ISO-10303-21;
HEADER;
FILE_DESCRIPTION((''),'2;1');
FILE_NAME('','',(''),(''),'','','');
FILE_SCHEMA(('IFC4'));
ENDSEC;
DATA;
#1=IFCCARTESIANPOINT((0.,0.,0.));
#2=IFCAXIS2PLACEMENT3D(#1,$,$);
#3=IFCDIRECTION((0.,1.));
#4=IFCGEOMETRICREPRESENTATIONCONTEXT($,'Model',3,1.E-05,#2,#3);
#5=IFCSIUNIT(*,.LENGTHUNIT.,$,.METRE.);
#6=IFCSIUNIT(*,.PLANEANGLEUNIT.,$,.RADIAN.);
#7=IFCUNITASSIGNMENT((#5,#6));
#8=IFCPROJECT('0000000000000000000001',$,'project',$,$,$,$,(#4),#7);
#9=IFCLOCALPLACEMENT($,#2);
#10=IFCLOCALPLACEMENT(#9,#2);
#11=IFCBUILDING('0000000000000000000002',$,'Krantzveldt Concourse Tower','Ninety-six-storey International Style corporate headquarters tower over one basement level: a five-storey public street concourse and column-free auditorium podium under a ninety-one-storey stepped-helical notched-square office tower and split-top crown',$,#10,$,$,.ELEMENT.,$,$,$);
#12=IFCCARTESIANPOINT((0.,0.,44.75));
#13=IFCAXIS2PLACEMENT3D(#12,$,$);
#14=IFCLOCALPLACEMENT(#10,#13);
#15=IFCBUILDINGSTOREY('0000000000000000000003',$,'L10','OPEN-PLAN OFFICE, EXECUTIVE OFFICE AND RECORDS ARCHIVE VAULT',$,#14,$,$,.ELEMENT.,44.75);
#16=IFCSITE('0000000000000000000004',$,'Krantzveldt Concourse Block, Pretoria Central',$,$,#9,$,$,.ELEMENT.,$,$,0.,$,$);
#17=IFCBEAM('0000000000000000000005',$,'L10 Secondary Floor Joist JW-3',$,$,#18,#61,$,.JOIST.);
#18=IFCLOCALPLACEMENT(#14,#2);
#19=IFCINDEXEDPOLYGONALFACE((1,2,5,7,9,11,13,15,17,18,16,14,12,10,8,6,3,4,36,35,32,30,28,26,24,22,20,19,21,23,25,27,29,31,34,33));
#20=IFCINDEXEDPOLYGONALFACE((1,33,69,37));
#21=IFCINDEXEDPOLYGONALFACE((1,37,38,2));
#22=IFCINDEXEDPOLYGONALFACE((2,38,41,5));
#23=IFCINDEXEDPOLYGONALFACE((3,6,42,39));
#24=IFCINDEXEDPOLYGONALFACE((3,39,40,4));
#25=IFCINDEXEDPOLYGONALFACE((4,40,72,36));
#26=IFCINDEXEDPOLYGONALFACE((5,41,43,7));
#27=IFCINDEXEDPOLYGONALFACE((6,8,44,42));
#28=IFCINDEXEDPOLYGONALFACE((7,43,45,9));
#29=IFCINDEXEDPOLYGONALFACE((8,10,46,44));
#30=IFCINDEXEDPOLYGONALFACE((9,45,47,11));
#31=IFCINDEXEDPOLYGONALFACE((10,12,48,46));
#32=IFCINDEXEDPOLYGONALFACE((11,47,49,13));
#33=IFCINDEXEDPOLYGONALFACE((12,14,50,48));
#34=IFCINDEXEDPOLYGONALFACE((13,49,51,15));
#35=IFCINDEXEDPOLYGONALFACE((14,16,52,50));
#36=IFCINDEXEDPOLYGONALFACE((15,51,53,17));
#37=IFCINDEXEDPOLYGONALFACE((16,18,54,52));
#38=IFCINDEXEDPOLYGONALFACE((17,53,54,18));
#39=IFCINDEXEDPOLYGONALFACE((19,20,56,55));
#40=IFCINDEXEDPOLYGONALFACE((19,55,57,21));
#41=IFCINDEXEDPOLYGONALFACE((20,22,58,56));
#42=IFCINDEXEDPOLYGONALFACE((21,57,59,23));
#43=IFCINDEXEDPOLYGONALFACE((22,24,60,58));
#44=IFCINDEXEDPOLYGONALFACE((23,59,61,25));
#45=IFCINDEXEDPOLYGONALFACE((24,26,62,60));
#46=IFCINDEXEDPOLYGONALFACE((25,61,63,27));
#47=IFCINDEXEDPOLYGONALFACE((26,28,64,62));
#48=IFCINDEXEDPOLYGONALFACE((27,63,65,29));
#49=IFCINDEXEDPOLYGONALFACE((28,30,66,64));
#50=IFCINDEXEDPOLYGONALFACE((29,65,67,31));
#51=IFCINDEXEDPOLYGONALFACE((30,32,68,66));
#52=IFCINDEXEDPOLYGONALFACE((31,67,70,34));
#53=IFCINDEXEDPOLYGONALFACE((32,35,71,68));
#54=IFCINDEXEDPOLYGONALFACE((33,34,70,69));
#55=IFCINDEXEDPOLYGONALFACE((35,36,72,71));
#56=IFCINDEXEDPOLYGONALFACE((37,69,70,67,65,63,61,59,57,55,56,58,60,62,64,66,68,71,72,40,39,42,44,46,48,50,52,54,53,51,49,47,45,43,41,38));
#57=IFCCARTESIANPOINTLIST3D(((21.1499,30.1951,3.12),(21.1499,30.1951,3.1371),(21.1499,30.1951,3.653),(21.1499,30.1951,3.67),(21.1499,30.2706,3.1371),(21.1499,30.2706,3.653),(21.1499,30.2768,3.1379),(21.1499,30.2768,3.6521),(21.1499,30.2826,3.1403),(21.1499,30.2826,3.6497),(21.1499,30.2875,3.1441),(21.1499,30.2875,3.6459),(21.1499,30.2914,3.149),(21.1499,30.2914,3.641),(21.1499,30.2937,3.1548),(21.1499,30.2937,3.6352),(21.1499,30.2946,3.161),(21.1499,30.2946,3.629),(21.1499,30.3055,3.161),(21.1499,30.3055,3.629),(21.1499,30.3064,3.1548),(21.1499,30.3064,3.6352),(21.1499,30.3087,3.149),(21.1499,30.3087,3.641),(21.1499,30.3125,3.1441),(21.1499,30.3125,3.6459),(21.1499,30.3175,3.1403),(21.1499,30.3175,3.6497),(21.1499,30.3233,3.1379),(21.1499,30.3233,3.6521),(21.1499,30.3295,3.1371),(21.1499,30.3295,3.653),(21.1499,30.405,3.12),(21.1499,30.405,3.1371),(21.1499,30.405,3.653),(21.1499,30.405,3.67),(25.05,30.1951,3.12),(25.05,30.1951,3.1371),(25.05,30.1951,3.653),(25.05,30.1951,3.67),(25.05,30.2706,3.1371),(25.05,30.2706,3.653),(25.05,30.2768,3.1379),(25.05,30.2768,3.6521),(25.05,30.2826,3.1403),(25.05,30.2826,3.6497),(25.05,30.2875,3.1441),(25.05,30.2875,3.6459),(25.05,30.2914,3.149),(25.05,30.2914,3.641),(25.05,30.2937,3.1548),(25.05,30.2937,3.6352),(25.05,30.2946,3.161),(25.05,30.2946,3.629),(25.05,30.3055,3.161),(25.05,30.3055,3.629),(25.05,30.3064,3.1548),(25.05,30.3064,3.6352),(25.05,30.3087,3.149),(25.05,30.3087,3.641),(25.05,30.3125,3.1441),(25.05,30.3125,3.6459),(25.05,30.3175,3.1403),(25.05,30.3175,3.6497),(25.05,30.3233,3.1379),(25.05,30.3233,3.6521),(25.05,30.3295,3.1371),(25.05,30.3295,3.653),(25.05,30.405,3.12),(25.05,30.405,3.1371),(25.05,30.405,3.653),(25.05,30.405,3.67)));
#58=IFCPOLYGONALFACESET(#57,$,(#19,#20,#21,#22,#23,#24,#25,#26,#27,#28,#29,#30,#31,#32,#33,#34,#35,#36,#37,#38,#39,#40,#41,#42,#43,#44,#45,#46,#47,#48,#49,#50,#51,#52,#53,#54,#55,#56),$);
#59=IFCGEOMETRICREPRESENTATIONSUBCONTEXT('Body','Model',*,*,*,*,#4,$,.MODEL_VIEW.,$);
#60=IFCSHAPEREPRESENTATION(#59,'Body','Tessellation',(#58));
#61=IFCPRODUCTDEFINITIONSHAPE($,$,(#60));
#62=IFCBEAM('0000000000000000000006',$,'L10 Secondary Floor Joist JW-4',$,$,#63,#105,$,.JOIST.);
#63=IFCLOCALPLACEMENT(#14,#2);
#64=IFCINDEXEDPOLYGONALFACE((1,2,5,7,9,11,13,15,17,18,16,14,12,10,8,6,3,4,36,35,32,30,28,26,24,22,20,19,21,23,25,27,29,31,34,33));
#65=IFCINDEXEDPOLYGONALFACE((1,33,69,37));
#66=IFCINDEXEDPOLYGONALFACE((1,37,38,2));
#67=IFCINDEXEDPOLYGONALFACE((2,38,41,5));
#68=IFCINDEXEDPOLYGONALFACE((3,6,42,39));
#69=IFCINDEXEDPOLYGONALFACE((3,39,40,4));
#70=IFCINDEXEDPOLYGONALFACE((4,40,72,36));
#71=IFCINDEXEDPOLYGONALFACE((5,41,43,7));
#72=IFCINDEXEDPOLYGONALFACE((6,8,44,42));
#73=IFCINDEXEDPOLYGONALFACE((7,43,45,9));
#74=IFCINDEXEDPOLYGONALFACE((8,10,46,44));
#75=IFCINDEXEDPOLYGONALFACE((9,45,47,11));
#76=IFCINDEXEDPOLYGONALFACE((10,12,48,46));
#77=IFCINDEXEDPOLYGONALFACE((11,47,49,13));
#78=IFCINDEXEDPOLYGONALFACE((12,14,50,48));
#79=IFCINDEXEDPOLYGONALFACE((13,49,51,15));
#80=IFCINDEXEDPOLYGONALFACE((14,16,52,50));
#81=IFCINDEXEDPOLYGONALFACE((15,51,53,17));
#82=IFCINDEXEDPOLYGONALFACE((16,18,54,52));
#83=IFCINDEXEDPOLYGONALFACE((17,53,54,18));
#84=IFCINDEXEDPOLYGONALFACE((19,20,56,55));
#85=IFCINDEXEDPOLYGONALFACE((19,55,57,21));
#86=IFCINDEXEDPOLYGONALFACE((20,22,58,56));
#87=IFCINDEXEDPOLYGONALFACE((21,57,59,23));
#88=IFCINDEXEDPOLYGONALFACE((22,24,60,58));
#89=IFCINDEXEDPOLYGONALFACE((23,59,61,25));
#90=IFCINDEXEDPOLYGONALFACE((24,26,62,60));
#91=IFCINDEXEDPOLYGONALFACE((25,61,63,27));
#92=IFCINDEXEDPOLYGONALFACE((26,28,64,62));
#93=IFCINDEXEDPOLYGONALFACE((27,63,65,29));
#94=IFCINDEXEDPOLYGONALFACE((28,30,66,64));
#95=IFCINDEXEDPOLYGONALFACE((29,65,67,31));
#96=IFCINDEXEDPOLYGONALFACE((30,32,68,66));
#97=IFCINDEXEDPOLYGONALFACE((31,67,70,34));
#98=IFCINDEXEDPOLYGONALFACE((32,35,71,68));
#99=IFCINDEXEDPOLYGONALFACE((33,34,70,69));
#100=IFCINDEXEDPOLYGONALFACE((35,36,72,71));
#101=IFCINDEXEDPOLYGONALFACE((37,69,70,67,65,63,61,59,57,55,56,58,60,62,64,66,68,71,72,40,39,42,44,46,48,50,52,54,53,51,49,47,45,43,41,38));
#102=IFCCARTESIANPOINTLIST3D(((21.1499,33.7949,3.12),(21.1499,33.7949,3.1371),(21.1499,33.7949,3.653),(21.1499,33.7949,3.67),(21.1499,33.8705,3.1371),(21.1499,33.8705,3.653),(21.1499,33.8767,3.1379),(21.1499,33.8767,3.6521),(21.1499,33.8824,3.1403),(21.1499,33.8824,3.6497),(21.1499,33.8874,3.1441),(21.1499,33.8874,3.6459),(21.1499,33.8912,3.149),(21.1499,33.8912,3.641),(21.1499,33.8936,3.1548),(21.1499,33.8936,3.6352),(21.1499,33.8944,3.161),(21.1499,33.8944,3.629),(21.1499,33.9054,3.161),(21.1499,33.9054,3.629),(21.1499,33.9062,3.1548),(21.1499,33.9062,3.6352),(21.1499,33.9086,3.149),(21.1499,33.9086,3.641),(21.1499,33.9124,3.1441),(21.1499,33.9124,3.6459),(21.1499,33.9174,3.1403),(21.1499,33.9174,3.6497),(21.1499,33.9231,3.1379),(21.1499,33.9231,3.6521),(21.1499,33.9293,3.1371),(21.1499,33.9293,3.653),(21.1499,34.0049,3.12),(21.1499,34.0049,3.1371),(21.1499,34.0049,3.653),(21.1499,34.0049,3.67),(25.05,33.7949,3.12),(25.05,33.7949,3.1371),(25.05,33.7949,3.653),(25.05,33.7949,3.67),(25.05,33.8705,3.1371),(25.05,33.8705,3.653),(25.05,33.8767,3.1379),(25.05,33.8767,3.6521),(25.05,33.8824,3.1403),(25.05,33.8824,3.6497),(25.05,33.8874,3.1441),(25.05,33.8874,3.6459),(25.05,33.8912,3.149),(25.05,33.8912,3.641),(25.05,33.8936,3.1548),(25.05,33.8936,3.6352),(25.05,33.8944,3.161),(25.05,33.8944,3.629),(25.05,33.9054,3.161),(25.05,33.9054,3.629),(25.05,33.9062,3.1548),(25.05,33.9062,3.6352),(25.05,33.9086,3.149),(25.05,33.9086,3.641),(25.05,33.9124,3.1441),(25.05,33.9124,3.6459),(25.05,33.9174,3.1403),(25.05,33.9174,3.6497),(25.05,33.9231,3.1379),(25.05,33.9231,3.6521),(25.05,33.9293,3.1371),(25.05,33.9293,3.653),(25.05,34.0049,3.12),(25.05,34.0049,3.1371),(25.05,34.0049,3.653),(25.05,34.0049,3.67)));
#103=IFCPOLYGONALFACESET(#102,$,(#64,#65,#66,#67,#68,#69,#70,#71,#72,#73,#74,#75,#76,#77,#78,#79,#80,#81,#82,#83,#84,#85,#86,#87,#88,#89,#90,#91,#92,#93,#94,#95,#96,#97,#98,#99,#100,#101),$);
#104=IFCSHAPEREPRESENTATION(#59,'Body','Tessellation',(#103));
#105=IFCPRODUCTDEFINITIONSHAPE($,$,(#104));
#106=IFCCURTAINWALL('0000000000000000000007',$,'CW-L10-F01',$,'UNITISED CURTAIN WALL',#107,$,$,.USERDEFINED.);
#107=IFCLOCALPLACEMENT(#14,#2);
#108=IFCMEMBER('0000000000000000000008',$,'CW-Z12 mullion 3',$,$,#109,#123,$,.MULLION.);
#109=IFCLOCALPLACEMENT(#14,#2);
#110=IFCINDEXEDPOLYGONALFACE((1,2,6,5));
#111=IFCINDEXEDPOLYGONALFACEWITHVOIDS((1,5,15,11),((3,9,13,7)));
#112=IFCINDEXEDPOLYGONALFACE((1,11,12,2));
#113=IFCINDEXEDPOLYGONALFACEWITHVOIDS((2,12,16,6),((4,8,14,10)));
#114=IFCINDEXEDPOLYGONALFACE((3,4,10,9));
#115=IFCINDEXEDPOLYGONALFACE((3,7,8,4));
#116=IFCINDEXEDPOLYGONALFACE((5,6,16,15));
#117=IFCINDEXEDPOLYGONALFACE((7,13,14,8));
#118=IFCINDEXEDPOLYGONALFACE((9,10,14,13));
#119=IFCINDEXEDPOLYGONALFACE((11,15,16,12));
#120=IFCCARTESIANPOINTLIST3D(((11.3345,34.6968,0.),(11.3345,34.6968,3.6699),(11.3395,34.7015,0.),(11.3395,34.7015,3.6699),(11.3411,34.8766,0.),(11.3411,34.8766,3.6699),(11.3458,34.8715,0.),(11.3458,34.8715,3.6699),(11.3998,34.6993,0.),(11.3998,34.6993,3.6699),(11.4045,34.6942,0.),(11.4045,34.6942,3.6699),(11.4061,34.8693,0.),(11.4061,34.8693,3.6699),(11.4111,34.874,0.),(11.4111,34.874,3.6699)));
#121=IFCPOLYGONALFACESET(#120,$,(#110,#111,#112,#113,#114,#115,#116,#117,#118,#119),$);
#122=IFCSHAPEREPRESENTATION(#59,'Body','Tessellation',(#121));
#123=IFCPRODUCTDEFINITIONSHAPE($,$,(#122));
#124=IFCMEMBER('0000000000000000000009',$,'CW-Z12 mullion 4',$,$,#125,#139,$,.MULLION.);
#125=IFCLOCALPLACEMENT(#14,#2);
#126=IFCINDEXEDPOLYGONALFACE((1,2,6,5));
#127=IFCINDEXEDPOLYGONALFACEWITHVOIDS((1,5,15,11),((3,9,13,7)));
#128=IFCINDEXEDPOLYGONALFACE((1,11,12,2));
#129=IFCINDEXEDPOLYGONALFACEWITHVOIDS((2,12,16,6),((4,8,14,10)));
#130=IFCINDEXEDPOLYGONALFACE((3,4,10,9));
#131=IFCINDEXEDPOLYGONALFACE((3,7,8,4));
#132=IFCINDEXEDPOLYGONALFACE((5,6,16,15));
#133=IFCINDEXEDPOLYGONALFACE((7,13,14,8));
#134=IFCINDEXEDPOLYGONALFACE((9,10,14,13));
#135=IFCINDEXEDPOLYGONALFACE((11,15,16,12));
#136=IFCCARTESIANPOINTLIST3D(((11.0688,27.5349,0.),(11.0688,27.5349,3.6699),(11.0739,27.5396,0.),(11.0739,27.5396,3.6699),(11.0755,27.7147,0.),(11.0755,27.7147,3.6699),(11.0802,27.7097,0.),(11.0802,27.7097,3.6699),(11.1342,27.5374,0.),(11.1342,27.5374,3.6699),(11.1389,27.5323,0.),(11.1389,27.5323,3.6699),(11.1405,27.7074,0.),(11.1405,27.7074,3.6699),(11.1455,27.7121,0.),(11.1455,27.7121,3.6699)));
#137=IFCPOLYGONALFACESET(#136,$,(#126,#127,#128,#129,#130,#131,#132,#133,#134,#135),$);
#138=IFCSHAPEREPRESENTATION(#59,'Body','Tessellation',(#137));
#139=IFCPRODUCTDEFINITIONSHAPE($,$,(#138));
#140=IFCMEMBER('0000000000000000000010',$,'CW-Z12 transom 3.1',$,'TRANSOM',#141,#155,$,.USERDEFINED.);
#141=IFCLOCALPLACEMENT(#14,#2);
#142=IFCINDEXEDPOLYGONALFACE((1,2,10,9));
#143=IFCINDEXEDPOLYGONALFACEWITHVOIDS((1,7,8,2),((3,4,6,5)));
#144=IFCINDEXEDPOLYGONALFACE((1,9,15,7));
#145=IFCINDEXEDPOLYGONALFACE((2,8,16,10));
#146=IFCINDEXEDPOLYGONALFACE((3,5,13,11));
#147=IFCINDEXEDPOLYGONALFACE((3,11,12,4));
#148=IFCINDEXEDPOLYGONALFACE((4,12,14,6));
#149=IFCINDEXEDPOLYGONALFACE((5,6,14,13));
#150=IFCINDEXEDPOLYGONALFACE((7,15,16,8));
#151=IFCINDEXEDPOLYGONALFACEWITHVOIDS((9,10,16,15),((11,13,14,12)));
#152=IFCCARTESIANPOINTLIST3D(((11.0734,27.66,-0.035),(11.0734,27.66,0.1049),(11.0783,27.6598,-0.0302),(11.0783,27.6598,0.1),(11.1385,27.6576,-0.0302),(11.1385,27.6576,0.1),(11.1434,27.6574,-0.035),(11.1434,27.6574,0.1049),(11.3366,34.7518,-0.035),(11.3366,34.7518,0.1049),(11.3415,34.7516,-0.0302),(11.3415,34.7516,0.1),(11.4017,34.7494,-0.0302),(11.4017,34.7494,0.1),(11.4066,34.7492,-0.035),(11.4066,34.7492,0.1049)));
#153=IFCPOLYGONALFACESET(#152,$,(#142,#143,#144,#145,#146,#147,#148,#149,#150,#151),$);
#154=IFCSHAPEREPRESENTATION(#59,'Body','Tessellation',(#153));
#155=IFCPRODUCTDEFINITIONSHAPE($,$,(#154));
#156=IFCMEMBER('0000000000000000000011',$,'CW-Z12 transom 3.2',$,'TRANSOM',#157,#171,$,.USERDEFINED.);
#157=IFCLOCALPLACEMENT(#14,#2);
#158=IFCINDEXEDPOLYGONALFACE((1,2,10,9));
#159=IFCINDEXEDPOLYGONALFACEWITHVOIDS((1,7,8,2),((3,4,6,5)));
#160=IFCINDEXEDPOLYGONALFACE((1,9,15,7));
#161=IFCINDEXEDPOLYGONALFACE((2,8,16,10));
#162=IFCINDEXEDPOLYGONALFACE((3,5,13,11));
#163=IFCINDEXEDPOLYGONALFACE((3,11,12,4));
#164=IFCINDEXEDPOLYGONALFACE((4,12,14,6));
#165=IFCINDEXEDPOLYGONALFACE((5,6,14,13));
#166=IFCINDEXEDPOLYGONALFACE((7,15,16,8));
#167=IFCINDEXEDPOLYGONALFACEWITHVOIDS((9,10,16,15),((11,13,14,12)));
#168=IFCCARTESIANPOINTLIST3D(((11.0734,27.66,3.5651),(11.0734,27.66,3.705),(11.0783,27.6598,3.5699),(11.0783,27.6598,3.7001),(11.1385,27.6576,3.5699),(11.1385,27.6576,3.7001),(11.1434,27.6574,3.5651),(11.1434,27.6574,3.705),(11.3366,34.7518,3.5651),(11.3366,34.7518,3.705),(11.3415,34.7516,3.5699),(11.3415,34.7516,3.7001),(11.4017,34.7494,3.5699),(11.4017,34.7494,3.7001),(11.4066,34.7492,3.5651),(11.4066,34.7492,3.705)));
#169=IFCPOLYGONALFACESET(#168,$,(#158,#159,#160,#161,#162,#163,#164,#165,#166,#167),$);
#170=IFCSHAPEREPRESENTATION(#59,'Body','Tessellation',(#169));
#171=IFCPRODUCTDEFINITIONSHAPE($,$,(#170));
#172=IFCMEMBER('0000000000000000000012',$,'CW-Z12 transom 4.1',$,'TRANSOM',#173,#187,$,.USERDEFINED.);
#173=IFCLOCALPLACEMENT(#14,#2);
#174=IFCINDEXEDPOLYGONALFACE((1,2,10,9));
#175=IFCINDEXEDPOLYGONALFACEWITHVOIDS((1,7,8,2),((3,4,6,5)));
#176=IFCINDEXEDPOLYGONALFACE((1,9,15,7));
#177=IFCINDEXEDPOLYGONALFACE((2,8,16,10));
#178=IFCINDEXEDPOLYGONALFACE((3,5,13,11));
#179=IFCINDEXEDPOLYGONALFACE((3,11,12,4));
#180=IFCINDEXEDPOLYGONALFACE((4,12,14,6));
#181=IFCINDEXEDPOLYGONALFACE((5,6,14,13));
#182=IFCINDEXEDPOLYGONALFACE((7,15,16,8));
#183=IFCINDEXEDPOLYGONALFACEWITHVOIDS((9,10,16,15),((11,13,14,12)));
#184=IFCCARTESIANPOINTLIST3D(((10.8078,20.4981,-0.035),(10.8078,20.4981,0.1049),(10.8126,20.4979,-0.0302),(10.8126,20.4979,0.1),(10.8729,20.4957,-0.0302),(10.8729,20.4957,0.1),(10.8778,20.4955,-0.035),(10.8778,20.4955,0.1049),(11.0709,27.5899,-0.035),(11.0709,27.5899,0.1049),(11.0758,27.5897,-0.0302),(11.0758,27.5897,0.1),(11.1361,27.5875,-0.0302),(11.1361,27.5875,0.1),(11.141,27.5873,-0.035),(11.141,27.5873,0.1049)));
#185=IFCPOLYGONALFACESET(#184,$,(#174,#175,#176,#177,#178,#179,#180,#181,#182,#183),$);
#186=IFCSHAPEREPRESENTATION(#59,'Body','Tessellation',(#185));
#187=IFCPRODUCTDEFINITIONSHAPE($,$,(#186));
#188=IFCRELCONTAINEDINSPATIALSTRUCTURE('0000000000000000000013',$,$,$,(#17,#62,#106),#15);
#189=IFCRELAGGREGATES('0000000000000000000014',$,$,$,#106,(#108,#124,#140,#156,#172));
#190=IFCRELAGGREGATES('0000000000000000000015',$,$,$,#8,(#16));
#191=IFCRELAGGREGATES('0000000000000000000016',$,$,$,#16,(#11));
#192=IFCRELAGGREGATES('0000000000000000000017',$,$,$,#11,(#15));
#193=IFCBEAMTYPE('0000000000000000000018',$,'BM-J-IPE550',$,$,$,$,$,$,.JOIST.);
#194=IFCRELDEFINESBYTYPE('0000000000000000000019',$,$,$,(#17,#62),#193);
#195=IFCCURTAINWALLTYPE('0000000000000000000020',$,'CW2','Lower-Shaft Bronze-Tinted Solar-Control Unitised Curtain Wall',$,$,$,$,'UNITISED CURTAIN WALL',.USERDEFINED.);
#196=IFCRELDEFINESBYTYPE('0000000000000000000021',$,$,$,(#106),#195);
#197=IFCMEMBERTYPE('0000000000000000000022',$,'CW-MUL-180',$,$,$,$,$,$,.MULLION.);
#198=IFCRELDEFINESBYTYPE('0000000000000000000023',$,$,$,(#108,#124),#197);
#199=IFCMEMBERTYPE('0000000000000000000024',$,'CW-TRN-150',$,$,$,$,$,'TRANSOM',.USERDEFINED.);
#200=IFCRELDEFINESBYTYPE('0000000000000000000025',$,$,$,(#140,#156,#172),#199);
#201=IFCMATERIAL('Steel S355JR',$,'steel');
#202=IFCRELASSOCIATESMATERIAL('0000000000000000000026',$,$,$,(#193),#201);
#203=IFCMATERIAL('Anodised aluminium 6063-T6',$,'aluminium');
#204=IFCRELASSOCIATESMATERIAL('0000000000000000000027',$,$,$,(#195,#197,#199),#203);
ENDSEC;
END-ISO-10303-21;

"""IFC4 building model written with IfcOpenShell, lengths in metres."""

from ifc_helpers import new_model, si_unit, direction, frame, origin, origin_2d, place, context, subcontext, project, spatial, hollow_rectangle, i_section, extrude, source, transform, mapped, material, material_profile, profile_set, type_object, type_shapes, element, aggregate, save


model = new_model("IFC4")

# Units and contexts
model_context = context("Model", 3, precision=1e-05, world=origin(), true_north=direction((0.0, 1.0)))
body_context = subcontext(model_context, "Body", "Model", "MODEL_VIEW")
ifc_project = project(units=[si_unit("LENGTHUNIT", "METRE"), si_unit("PLANEANGLEUNIT", "RADIAN")], contexts=[model_context])

# Site, building, storey
site_placement = place(None, origin())
site = spatial("IfcSite", under=ifc_project, at=site_placement, Name="Krantzveldt Concourse Block, Pretoria Central", CompositionType="ELEMENT", RefElevation=0.0)
building_placement = place(site_placement, origin())
building = spatial("IfcBuilding", under=site, at=building_placement, Name="Krantzveldt Concourse Tower", Description="Ninety-six-storey International Style corporate headquarters tower over one basement level: a five-storey public street concourse and column-free auditorium podium under a ninety-one-storey stepped-helical notched-square office tower and split-top crown", CompositionType="ELEMENT")
storey_placement = place(building_placement, frame((0.0, 0.0, 44.75)))
storey = spatial("IfcBuildingStorey", under=building, at=storey_placement, Name="L10", Description="OPEN-PLAN OFFICE, EXECUTIVE OFFICE AND RECORDS ARCHIVE VAULT", CompositionType="ELEMENT", Elevation=44.75)

# Beams
ifc_material_1 = material(Name="Steel S355JR", Category="steel")
ifc_material_profile_1 = material_profile(ifc_material_1, i_section(OverallWidth=0.21, OverallDepth=0.55, WebThickness=0.011, FlangeThickness=0.0171, FilletRadius=0.0239, at=origin_2d()), Name="Steel S355JR", Category="steel")
ifc_profile_set_1 = profile_set([ifc_material_profile_1], Name="Steel S355JR - IPE 550")
beam_type_1 = type_object("IfcBeamType", Name="BM-J-IPE550", PredefinedType="JOIST", material=ifc_profile_set_1)
shared_shape_1 = source(origin(), body_context, "Body", "SweptSolid", [
    extrude(i_section(OverallWidth=0.21, OverallDepth=0.55, WebThickness=0.011, FlangeThickness=0.0171, FilletRadius=0.0239, at=origin_2d()), origin(), (0.0, 0.0, 1.0), 3.9001),
])
type_shapes(beam_type_1, [shared_shape_1])
for number, where, z_axis, x_axis, name in (
    (1, (21.1499, 30.3, 3.395), (1.0, 0.0, 0.0), (0.0, 1.0, 0.0), "L10 Secondary Floor Joist JW-3"),
    (2, (21.1499, 33.8999, 3.395), (1.0, 0.0, 0.0), (0.0, 1.0, 0.0), "L10 Secondary Floor Joist JW-4"),
):
    element("IfcBeam", number, at=place(storey_placement, frame(where, z_axis=z_axis, x_axis=x_axis)), inside=storey, type_object=beam_type_1, Name=name, PredefinedType="JOIST", context=body_context, shape_type="MappedRepresentation", body=[
        mapped(shared_shape_1, transform((0.0, 0.0, 0.0), x_axis=(1.0, 0.0, 0.0), y_axis=(0.0, 1.0, 0.0), z_axis=(0.0, 0.0, 1.0), scale=1.0)),
    ])

# Curtain wall, members
ifc_material_2 = material(Name="Anodised aluminium 6063-T6", Category="aluminium")
curtain_wall_type = type_object("IfcCurtainWallType", Name="CW2", Description="Lower-Shaft Bronze-Tinted Solar-Control Unitised Curtain Wall", ElementType="UNITISED CURTAIN WALL", PredefinedType="USERDEFINED", material=ifc_material_2)
curtain_wall_placement = place(storey_placement, origin())
curtain_wall = element("IfcCurtainWall", 3, at=curtain_wall_placement, inside=storey, type_object=curtain_wall_type, Name="CW-L10-F01", ObjectType="UNITISED CURTAIN WALL", PredefinedType="USERDEFINED")
ifc_material_profile_2 = material_profile(ifc_material_2, hollow_rectangle(XDim=0.0701, YDim=0.1799, WallThickness=0.0049, at=origin_2d()), Name="Anodised aluminium 6063-T6", Category="aluminium")
ifc_profile_set_2 = profile_set([ifc_material_profile_2], Name="Anodised aluminium 6063-T6 - ALU-MULL 180x70x5")
member_type_1 = type_object("IfcMemberType", Name="CW-MUL-180", PredefinedType="MULLION", material=ifc_profile_set_2)
shared_shape_2 = source(origin(), body_context, "Body", "SweptSolid", [
    extrude(hollow_rectangle(XDim=0.0701, YDim=0.1799, WallThickness=0.0049, at=origin_2d()), origin(), (0.0, 0.0, 1.0), 3.6699),
])
type_shapes(member_type_1, [shared_shape_2])
member_1_placement = place(storey_placement, frame((11.3728, 34.7854, 0.0), z_axis=(0.0, 0.0, 1.0), x_axis=(0.999312, -0.03708, 0.0)))
member_1 = element("IfcMember", 4, at=member_1_placement, type_object=member_type_1, Name="CW-Z12 mullion 3", PredefinedType="MULLION", context=body_context, shape_type="MappedRepresentation", body=[
    mapped(shared_shape_2, transform((0.0, 0.0, 0.0), x_axis=(1.0, 0.0, 0.0), y_axis=(0.0, 1.0, 0.0), z_axis=(0.0, 0.0, 1.0), scale=1.0)),
])
member_2_placement = place(storey_placement, frame((11.1072, 27.6235, 0.0), z_axis=(0.0, 0.0, 1.0), x_axis=(0.999312, -0.03708, 0.0)))
member_2 = element("IfcMember", 5, at=member_2_placement, type_object=member_type_1, Name="CW-Z12 mullion 4", PredefinedType="MULLION", context=body_context, shape_type="MappedRepresentation", body=[
    mapped(shared_shape_2, transform((0.0, 0.0, 0.0), x_axis=(1.0, 0.0, 0.0), y_axis=(0.0, 1.0, 0.0), z_axis=(0.0, 0.0, 1.0), scale=1.0)),
])
ifc_material_profile_3 = material_profile(ifc_material_2, hollow_rectangle(XDim=0.0701, YDim=0.1399, WallThickness=0.0049, at=origin_2d()), Name="Anodised aluminium 6063-T6", Category="aluminium")
ifc_profile_set_3 = profile_set([ifc_material_profile_3], Name="Anodised aluminium 6063-T6 - ALU-TRAN 140x70x5")
member_type_2 = type_object("IfcMemberType", Name="CW-TRN-150", ElementType="TRANSOM", PredefinedType="USERDEFINED", material=ifc_profile_set_3)
shared_shape_3 = source(origin(), body_context, "Body", "SweptSolid", [
    extrude(hollow_rectangle(XDim=0.0701, YDim=0.1399, WallThickness=0.0049, at=origin_2d()), origin(), (0.0, 0.0, 1.0), 7.0967),
])
type_shapes(member_type_2, [shared_shape_3])
member_3_placement = place(storey_placement, frame((11.3716, 34.7505, 0.0349), z_axis=(-0.037085, -0.999312, 0.0), x_axis=(0.999312, -0.037085, 0.0)))
member_3 = element("IfcMember", 6, at=member_3_placement, type_object=member_type_2, Name="CW-Z12 transom 3.1", ObjectType="TRANSOM", PredefinedType="USERDEFINED", context=body_context, shape_type="MappedRepresentation", body=[
    mapped(shared_shape_3, transform((0.0, 0.0, 0.0), x_axis=(1.0, 0.0, 0.0), y_axis=(0.0, 1.0, 0.0), z_axis=(0.0, 0.0, 1.0), scale=1.0)),
])
member_4_placement = place(storey_placement, frame((11.3716, 34.7505, 3.635), z_axis=(-0.037085, -0.999312, 0.0), x_axis=(0.999312, -0.037085, 0.0)))
member_4 = element("IfcMember", 7, at=member_4_placement, type_object=member_type_2, Name="CW-Z12 transom 3.2", ObjectType="TRANSOM", PredefinedType="USERDEFINED", context=body_context, shape_type="MappedRepresentation", body=[
    mapped(shared_shape_3, transform((0.0, 0.0, 0.0), x_axis=(1.0, 0.0, 0.0), y_axis=(0.0, 1.0, 0.0), z_axis=(0.0, 0.0, 1.0), scale=1.0)),
])
member_5_placement = place(storey_placement, frame((11.106, 27.5886, 0.0349), z_axis=(-0.037085, -0.999312, 0.0), x_axis=(0.999312, -0.037085, 0.0)))
member_5 = element("IfcMember", 8, at=member_5_placement, type_object=member_type_2, Name="CW-Z12 transom 4.1", ObjectType="TRANSOM", PredefinedType="USERDEFINED", context=body_context, shape_type="MappedRepresentation", body=[
    mapped(shared_shape_3, transform((0.0, 0.0, 0.0), x_axis=(1.0, 0.0, 0.0), y_axis=(0.0, 1.0, 0.0), z_axis=(0.0, 0.0, 1.0), scale=1.0)),
])
aggregate(curtain_wall, [member_1, member_2, member_3, member_4, member_5])

save(model, "model.ifc")
